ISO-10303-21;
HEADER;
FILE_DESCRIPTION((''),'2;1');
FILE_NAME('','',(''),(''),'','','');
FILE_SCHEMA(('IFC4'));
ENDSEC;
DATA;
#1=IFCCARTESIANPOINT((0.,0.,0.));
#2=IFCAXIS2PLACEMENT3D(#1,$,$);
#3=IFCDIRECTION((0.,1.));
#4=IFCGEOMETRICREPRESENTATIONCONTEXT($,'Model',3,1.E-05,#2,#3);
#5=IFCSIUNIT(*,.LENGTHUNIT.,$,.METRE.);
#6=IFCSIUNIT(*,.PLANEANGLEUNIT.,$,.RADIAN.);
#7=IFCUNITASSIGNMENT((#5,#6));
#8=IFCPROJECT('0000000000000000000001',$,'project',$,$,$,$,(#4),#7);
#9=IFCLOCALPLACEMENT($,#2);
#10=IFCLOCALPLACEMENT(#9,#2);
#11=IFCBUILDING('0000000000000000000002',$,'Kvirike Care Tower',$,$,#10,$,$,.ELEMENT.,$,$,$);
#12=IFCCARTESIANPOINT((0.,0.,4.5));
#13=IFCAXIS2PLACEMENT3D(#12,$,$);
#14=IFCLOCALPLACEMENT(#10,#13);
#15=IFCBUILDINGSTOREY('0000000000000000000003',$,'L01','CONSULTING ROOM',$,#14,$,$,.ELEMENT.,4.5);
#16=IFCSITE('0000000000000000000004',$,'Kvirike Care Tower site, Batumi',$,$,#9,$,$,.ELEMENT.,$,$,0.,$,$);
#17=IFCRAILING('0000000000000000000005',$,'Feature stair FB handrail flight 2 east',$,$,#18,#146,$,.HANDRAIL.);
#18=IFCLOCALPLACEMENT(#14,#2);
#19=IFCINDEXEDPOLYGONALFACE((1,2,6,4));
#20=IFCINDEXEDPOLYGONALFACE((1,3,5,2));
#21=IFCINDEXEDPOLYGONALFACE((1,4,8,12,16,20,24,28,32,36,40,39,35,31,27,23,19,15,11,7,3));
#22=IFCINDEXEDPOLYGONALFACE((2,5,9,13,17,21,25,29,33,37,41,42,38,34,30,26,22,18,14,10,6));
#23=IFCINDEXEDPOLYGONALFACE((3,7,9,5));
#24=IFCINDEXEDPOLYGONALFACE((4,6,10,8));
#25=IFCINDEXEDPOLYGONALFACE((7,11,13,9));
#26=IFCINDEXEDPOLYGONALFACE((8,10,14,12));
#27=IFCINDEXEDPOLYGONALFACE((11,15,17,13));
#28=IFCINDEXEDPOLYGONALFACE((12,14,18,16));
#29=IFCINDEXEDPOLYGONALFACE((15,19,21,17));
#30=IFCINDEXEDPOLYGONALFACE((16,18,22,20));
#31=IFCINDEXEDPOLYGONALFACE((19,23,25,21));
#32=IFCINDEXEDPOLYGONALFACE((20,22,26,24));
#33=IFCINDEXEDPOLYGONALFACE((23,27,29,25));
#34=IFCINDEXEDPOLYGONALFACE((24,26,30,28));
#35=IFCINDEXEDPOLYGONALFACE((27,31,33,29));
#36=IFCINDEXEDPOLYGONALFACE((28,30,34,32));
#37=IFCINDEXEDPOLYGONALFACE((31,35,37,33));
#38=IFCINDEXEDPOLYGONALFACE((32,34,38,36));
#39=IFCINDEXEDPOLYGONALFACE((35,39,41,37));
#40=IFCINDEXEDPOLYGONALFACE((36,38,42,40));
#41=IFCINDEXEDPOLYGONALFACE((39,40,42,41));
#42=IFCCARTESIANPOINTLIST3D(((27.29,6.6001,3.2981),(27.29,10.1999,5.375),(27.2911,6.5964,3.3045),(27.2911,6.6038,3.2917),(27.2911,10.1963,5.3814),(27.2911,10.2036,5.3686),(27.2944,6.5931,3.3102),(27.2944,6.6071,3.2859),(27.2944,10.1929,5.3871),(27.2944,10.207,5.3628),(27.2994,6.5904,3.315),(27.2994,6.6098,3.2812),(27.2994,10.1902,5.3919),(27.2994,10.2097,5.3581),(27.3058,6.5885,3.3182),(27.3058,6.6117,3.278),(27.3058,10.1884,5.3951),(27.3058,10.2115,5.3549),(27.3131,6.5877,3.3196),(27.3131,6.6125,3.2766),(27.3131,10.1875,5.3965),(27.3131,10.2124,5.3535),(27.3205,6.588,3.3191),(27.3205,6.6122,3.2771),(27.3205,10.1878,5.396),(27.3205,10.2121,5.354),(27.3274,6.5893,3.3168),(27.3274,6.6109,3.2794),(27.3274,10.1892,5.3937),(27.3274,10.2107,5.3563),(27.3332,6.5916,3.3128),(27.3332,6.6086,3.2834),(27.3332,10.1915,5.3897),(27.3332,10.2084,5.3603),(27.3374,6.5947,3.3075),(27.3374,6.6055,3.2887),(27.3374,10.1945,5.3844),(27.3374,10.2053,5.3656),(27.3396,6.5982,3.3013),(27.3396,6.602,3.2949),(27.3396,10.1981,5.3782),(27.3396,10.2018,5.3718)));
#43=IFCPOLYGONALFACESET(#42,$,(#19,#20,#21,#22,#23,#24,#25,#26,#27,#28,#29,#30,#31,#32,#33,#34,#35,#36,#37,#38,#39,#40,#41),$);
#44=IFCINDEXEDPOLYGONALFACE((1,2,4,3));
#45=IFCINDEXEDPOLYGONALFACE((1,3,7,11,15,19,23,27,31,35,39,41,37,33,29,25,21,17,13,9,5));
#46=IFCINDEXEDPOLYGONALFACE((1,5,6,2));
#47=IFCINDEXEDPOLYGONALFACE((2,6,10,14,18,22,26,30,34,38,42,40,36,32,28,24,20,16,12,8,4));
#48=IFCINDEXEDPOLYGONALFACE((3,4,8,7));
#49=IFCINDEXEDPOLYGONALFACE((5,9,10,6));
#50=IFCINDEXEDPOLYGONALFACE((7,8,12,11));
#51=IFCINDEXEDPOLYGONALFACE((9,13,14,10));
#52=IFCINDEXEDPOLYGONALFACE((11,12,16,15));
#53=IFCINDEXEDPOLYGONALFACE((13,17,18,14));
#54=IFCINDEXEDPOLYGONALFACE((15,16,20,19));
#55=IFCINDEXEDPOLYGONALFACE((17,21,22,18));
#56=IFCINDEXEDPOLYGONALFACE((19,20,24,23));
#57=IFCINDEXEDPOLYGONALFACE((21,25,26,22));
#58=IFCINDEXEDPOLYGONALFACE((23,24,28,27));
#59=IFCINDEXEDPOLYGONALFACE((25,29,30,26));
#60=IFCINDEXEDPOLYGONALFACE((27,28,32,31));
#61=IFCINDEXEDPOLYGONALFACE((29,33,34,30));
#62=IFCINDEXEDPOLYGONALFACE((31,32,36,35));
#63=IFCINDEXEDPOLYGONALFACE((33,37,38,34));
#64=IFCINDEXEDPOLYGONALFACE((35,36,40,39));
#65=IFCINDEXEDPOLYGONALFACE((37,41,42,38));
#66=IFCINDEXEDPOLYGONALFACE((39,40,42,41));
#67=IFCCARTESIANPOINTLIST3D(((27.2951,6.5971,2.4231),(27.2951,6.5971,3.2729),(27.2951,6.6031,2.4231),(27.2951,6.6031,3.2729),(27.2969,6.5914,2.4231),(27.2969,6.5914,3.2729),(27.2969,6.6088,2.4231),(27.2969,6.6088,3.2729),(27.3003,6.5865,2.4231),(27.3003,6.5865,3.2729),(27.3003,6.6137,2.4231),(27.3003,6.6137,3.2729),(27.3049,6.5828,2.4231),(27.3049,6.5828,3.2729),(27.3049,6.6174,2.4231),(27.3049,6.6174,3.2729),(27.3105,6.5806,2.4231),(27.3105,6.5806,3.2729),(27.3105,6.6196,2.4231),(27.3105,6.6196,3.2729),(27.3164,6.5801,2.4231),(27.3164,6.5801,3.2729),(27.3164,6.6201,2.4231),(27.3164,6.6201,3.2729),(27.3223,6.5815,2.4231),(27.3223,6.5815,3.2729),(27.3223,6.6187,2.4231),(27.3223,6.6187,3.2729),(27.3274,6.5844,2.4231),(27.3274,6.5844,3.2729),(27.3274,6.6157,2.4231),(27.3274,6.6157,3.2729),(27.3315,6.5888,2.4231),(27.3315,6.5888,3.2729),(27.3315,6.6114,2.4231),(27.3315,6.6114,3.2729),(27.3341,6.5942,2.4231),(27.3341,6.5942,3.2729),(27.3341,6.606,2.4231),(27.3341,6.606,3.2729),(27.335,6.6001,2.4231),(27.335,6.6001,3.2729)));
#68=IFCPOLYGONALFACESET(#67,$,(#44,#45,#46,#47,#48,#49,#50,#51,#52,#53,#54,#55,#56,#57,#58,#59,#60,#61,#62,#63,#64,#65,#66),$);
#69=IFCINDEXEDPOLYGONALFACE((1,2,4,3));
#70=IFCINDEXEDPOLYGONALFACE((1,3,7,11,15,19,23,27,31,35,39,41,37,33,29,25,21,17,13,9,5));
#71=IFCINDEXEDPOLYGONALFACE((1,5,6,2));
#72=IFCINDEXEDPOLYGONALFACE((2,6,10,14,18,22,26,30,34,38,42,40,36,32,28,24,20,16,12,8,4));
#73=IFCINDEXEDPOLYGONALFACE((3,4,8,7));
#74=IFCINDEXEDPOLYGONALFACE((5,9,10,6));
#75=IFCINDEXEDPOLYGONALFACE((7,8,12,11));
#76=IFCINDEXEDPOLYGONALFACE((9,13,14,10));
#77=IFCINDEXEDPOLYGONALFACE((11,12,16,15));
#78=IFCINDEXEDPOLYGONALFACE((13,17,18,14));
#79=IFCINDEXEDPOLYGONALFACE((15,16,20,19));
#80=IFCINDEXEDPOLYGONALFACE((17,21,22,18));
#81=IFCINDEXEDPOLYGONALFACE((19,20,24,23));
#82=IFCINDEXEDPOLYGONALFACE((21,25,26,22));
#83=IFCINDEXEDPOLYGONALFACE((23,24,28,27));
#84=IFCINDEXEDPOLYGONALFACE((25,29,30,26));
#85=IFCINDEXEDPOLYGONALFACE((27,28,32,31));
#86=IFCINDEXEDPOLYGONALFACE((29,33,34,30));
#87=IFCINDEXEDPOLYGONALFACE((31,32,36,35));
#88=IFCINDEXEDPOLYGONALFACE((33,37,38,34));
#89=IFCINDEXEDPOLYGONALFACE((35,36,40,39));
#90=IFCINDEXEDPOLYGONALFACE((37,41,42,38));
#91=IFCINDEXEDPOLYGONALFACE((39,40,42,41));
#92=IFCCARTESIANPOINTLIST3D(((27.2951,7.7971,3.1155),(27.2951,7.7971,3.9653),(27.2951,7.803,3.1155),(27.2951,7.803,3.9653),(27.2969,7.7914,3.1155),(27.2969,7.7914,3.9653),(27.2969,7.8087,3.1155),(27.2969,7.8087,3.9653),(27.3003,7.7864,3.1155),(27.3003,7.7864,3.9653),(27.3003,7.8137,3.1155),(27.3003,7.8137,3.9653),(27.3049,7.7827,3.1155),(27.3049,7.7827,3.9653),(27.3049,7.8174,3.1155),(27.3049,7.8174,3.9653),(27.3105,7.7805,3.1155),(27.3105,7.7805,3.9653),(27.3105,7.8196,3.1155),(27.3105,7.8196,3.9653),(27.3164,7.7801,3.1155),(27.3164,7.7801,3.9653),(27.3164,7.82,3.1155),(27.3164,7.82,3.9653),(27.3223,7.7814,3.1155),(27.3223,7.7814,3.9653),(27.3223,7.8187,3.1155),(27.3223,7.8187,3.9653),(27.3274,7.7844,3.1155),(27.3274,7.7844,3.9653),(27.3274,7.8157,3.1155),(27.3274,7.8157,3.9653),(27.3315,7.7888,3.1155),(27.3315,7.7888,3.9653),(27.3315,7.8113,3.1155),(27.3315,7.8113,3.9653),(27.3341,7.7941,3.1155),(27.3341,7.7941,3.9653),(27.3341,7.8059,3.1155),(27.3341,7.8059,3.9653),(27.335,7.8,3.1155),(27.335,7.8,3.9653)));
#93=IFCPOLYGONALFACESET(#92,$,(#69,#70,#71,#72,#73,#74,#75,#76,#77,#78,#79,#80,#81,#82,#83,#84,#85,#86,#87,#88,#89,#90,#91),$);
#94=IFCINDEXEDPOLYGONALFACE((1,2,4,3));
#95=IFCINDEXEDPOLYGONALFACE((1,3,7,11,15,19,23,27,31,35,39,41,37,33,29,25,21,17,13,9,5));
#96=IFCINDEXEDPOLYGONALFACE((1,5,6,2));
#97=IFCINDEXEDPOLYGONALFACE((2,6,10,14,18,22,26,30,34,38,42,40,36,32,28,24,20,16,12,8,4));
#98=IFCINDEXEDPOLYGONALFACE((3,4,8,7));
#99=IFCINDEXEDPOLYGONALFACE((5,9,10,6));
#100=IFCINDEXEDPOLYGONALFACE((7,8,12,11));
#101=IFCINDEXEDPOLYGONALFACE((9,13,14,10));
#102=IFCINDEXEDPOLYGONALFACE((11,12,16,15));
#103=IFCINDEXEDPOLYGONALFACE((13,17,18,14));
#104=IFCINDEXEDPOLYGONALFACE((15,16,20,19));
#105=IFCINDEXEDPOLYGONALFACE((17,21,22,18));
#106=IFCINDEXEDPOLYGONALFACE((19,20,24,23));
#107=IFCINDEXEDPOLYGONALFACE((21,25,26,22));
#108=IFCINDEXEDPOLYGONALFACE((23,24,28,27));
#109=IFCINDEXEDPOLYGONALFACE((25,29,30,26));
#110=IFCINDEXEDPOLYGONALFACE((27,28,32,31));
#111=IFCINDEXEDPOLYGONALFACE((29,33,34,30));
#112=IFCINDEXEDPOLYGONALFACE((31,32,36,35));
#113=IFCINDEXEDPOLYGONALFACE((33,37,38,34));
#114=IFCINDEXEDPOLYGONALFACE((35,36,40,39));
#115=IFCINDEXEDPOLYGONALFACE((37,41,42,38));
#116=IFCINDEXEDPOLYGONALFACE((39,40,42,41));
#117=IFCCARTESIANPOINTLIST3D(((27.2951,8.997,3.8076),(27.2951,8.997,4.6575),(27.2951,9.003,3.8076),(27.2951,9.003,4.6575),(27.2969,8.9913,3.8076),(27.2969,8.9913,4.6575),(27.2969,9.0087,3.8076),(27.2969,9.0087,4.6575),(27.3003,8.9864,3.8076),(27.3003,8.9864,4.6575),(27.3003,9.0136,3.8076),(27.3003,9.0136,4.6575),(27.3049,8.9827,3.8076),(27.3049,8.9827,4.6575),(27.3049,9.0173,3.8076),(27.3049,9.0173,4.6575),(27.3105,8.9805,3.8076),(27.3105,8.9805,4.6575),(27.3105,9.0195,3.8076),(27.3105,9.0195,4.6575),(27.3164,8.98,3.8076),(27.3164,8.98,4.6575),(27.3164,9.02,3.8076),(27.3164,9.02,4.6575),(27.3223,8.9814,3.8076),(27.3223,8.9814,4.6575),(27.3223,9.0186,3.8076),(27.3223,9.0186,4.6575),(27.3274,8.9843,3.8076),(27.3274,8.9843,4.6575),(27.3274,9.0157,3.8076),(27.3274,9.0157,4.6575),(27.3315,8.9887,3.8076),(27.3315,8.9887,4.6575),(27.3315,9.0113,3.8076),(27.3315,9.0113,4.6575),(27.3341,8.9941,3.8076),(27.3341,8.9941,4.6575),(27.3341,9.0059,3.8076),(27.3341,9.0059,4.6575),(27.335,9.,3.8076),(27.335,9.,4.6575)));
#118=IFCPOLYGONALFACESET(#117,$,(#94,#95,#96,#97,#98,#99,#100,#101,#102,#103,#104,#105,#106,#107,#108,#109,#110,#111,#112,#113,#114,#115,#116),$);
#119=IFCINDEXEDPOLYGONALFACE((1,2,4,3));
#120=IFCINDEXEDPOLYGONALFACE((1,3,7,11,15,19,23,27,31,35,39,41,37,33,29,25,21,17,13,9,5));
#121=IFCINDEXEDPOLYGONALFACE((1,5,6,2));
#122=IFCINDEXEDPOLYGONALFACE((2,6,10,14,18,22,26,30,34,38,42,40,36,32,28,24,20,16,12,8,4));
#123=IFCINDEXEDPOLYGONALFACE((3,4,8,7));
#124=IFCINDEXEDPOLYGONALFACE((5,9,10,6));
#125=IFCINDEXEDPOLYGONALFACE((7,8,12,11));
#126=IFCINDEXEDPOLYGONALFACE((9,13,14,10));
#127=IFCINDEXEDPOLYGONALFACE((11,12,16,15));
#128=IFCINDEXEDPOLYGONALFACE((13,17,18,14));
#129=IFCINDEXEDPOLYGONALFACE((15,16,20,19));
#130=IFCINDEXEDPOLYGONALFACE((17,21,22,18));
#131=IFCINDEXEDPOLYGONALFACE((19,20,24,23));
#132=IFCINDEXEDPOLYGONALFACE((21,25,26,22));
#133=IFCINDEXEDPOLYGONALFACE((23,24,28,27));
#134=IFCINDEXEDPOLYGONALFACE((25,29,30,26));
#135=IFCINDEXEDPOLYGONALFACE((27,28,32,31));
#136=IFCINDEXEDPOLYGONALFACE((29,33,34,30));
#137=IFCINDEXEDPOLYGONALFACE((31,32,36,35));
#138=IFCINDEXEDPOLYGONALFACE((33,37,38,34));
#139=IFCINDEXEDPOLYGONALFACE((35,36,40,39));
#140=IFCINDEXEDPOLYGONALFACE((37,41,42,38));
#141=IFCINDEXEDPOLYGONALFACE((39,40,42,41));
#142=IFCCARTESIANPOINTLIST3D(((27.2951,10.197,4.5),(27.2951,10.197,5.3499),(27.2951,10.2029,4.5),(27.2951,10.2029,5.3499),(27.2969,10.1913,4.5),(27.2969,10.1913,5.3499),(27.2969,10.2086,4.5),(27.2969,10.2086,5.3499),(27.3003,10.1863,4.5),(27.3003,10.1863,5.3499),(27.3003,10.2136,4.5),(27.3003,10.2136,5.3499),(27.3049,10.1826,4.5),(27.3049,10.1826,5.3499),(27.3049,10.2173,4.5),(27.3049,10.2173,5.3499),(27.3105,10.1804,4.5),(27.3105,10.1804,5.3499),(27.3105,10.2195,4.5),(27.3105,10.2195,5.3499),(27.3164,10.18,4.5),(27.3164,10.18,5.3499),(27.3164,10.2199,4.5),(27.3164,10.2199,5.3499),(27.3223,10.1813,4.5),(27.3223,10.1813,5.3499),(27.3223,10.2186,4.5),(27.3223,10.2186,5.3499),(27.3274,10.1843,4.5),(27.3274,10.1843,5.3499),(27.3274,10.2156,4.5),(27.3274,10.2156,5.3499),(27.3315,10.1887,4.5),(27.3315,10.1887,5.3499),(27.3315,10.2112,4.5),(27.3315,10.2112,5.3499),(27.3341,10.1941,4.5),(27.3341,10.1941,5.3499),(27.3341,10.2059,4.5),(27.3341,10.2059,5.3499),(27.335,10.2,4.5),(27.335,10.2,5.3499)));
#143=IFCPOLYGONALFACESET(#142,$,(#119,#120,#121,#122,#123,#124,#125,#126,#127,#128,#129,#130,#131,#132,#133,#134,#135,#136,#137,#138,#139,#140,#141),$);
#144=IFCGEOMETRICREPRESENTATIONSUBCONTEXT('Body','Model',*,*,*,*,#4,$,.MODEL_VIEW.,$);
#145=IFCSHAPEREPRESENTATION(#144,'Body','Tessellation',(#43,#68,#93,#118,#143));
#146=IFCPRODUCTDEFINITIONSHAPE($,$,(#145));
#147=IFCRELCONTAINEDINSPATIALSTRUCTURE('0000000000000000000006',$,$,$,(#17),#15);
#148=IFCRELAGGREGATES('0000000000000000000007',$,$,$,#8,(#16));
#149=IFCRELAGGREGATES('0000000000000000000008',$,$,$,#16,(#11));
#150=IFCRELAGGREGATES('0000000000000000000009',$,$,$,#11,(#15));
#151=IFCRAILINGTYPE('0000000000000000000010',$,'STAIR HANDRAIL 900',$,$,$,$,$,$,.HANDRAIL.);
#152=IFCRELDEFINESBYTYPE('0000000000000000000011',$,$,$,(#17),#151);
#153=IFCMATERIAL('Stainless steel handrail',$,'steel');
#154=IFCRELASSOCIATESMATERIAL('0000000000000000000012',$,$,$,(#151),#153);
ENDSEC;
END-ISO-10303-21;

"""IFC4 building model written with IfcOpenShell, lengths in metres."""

from ifc_helpers import new_model, si_unit, direction, frame, origin, origin_2d, place, context, subcontext, project, spatial, circle, extrude, material, type_object, element, save


model = new_model("IFC4")

# Units and contexts
model_context = context("Model", 3, precision=1e-05, world=origin(), true_north=direction((0.0, 1.0)))
body_context = subcontext(model_context, "Body", "Model", "MODEL_VIEW")
ifc_project = project(units=[si_unit("LENGTHUNIT", "METRE"), si_unit("PLANEANGLEUNIT", "RADIAN")], contexts=[model_context])

# Site, building, storey
site_placement = place(None, origin())
site = spatial("IfcSite", under=ifc_project, at=site_placement, Name="Kvirike Care Tower site, Batumi", CompositionType="ELEMENT", RefElevation=0.0)
building_placement = place(site_placement, origin())
building = spatial("IfcBuilding", under=site, at=building_placement, Name="Kvirike Care Tower", CompositionType="ELEMENT")
storey_placement = place(building_placement, frame((0.0, 0.0, 4.5)))
storey = spatial("IfcBuildingStorey", under=building, at=storey_placement, Name="L01", Description="CONSULTING ROOM", CompositionType="ELEMENT", Elevation=4.5)

# Railing
ifc_material_1 = material(Name="Stainless steel handrail", Category="steel")
railing_type_1 = type_object("IfcRailingType", Name="STAIR HANDRAIL 900", PredefinedType="HANDRAIL", material=ifc_material_1)
for number, where, name in (
    (1, (27.3149, 6.6001, 2.4231), "Feature stair FB handrail flight 2 east"),
):
    element("IfcRailing", number, at=place(storey_placement, frame(where)), inside=storey, type_object=railing_type_1, Name=name, PredefinedType="HANDRAIL", context=body_context, shape_type="SweptSolid", body=[
        extrude(circle(Radius=0.0249, at=origin_2d()), frame((0.0, 0.0, 0.875), z_axis=(0.0, 0.866179, 0.499734), x_axis=(-1.0, 0.0, 0.0)), (0.0, 0.0, 1.0), 4.156),
        extrude(circle(Radius=0.02, at=origin_2d()), origin(), (0.0, 0.0, 1.0), 0.8499),
        extrude(circle(Radius=0.02, at=origin_2d()), frame((0.0, 1.2, 0.6924)), (0.0, 0.0, 1.0), 0.8499),
        extrude(circle(Radius=0.02, at=origin_2d()), frame((0.0, 2.3999, 1.3845)), (0.0, 0.0, 1.0), 0.8499),
        extrude(circle(Radius=0.02, at=origin_2d()), frame((0.0, 3.5999, 2.0769)), (0.0, 0.0, 1.0), 0.8499),
    ])

save(model, "model.ifc")
